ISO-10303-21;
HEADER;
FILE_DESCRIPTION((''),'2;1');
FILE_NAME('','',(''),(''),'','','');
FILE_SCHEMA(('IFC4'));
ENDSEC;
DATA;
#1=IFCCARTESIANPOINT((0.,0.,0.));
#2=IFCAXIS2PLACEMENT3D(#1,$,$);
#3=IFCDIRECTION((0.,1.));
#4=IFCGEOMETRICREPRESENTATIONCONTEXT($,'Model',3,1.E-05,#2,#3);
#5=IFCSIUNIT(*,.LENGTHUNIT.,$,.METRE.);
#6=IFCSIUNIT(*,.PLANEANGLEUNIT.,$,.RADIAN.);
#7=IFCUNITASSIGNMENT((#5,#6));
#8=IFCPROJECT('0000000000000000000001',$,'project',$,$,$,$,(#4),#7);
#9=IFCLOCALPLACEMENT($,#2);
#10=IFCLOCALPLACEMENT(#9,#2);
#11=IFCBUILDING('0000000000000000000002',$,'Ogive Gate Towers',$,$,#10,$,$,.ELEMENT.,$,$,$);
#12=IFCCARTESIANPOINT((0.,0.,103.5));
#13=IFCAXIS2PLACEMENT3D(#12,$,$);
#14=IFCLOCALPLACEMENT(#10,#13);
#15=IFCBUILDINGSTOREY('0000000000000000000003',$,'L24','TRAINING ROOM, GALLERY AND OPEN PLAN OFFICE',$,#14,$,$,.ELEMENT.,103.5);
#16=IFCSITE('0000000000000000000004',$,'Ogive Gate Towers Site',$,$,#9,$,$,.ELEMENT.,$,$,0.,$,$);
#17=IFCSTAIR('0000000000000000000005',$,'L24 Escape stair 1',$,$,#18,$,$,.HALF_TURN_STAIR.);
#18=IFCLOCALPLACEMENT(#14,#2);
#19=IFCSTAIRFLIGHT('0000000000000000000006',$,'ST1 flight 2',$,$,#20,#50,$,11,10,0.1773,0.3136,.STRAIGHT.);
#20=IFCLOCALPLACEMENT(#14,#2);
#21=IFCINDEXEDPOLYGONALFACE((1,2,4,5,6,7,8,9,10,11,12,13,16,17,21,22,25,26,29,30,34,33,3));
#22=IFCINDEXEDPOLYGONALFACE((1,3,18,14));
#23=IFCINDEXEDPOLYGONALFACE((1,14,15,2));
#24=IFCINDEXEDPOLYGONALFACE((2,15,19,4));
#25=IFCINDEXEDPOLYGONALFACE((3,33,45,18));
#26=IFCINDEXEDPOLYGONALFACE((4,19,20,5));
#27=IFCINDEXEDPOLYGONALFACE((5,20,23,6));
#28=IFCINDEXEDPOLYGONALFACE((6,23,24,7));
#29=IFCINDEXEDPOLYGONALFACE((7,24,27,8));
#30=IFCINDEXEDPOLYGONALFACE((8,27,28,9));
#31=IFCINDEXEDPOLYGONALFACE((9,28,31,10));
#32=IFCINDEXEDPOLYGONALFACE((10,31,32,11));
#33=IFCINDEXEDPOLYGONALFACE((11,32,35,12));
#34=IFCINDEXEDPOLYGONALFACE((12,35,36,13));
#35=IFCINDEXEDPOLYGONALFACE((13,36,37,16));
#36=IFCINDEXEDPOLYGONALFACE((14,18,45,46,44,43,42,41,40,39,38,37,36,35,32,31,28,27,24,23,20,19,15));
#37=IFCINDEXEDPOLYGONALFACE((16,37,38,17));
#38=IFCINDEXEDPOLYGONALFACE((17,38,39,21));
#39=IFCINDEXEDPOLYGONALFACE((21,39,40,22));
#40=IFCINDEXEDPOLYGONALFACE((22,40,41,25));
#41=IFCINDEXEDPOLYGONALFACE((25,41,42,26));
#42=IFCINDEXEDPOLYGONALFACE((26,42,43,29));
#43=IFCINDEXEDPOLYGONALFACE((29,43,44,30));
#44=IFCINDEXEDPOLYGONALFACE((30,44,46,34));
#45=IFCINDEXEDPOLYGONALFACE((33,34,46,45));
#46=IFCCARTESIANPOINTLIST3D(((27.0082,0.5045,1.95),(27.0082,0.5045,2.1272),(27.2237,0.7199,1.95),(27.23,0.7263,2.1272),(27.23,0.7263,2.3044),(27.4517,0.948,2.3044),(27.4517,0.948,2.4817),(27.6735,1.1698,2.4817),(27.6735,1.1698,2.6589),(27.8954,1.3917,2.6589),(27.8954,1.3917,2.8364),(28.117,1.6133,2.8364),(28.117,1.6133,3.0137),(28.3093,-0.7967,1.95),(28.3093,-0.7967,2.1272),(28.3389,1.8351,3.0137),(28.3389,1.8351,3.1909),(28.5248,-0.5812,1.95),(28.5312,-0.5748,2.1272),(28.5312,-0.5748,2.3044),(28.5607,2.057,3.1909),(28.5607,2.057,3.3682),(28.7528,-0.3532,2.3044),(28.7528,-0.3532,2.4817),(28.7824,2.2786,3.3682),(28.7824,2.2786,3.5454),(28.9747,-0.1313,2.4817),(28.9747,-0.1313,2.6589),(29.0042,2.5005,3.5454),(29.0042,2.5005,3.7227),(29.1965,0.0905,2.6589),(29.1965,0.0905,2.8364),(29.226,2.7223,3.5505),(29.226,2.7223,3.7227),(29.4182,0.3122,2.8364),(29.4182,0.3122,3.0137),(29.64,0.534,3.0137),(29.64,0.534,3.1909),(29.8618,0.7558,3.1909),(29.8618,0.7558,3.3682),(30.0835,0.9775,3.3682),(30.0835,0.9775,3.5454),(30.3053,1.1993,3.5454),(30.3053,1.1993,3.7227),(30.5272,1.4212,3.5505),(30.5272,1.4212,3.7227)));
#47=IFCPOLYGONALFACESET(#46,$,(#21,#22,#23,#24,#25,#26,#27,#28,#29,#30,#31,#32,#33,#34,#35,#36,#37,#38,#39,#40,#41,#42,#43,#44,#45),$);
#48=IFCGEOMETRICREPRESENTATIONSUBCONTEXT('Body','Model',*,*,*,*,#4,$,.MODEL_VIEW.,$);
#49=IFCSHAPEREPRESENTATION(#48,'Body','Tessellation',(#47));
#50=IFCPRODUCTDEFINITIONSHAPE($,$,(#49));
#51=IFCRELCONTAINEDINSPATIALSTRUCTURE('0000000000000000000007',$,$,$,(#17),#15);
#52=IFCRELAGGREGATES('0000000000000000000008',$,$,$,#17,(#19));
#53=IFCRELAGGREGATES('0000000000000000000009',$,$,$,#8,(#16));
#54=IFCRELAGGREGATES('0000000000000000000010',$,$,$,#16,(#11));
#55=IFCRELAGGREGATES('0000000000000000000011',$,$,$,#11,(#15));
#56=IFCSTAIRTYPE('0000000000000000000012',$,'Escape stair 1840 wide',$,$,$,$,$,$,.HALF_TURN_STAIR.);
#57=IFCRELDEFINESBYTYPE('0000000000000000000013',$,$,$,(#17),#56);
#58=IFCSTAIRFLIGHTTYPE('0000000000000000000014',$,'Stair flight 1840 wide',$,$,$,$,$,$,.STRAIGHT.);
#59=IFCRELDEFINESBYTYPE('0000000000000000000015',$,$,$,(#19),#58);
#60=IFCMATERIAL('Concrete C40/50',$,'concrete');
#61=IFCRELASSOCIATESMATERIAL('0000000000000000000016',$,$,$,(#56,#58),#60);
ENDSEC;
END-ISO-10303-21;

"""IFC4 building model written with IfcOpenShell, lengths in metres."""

from ifc_helpers import new_model, si_unit, direction, frame, origin, place, context, subcontext, project, spatial, polyline, outline, extrude, material, type_object, element, aggregate, save


model = new_model("IFC4")

# Units and contexts
model_context = context("Model", 3, precision=1e-05, world=origin(), true_north=direction((0.0, 1.0)))
body_context = subcontext(model_context, "Body", "Model", "MODEL_VIEW")
ifc_project = project(units=[si_unit("LENGTHUNIT", "METRE"), si_unit("PLANEANGLEUNIT", "RADIAN")], contexts=[model_context])

# Site, building, storey
site_placement = place(None, origin())
site = spatial("IfcSite", under=ifc_project, at=site_placement, Name="Ogive Gate Towers Site", CompositionType="ELEMENT", RefElevation=0.0)
building_placement = place(site_placement, origin())
building = spatial("IfcBuilding", under=site, at=building_placement, Name="Ogive Gate Towers", CompositionType="ELEMENT")
storey_placement = place(building_placement, frame((0.0, 0.0, 103.5)))
storey = spatial("IfcBuildingStorey", under=building, at=storey_placement, Name="L24", Description="TRAINING ROOM, GALLERY AND OPEN PLAN OFFICE", CompositionType="ELEMENT", Elevation=103.5)

# Stair, stair flight
ifc_material_1 = material(Name="Concrete C40/50", Category="concrete")
stair_type = type_object("IfcStairType", Name="Escape stair 1840 wide", PredefinedType="HALF_TURN_STAIR", material=ifc_material_1)
stair_placement = place(storey_placement, origin())
stair = element("IfcStair", 1, at=stair_placement, inside=storey, type_object=stair_type, Name="L24 Escape stair 1", PredefinedType="HALF_TURN_STAIR")
stair_flight_type = type_object("IfcStairFlightType", Name="Stair flight 1840 wide", PredefinedType="STRAIGHT", material=ifc_material_1)
stair_flight_1_placement = place(storey_placement, frame((27.6587, -0.146, 1.95), z_axis=(0.0, 0.0, 1.0), x_axis=(0.707107, 0.707107, 0.0)))
stair_flight_1 = element("IfcStairFlight", 2, at=stair_flight_1_placement, type_object=stair_flight_type, Name="ST1 flight 2", NumberOfRisers=11, NumberOfTreads=10, PredefinedType="STRAIGHT", RiserHeight=0.1773, TreadLength=0.3136, context=body_context, shape_type="SweptSolid", body=[
    extrude(outline(polyline([(0.0, 0.0), (0.0, 0.1772), (0.3137, 0.1772), (0.3137, 0.3545), (0.6272, 0.3545), (0.6272, 0.5317), (0.9409, 0.5317), (0.9409, 0.709), (1.2546, 0.709), (1.2546, 0.8865), (1.5681, 0.8865), (1.5681, 1.0637), (1.8818, 1.0637), (1.8818, 1.241), (2.1956, 1.241), (2.1956, 1.4182), (2.509, 1.4182), (2.509, 1.5955), (2.8228, 1.5955), (2.8228, 1.7727), (3.1365, 1.7727), (3.1365, 1.95), (3.1365, 1.6006), (0.3047, 0.0), (0.0, 0.0)])), frame((0.0, 0.9199, 0.0), z_axis=(0.0, -1.0, 0.0), x_axis=(1.0, 0.0, 0.0)), (0.0, 0.0, 1.0), 1.8401),
])
aggregate(stair, [stair_flight_1])

save(model, "model.ifc")
